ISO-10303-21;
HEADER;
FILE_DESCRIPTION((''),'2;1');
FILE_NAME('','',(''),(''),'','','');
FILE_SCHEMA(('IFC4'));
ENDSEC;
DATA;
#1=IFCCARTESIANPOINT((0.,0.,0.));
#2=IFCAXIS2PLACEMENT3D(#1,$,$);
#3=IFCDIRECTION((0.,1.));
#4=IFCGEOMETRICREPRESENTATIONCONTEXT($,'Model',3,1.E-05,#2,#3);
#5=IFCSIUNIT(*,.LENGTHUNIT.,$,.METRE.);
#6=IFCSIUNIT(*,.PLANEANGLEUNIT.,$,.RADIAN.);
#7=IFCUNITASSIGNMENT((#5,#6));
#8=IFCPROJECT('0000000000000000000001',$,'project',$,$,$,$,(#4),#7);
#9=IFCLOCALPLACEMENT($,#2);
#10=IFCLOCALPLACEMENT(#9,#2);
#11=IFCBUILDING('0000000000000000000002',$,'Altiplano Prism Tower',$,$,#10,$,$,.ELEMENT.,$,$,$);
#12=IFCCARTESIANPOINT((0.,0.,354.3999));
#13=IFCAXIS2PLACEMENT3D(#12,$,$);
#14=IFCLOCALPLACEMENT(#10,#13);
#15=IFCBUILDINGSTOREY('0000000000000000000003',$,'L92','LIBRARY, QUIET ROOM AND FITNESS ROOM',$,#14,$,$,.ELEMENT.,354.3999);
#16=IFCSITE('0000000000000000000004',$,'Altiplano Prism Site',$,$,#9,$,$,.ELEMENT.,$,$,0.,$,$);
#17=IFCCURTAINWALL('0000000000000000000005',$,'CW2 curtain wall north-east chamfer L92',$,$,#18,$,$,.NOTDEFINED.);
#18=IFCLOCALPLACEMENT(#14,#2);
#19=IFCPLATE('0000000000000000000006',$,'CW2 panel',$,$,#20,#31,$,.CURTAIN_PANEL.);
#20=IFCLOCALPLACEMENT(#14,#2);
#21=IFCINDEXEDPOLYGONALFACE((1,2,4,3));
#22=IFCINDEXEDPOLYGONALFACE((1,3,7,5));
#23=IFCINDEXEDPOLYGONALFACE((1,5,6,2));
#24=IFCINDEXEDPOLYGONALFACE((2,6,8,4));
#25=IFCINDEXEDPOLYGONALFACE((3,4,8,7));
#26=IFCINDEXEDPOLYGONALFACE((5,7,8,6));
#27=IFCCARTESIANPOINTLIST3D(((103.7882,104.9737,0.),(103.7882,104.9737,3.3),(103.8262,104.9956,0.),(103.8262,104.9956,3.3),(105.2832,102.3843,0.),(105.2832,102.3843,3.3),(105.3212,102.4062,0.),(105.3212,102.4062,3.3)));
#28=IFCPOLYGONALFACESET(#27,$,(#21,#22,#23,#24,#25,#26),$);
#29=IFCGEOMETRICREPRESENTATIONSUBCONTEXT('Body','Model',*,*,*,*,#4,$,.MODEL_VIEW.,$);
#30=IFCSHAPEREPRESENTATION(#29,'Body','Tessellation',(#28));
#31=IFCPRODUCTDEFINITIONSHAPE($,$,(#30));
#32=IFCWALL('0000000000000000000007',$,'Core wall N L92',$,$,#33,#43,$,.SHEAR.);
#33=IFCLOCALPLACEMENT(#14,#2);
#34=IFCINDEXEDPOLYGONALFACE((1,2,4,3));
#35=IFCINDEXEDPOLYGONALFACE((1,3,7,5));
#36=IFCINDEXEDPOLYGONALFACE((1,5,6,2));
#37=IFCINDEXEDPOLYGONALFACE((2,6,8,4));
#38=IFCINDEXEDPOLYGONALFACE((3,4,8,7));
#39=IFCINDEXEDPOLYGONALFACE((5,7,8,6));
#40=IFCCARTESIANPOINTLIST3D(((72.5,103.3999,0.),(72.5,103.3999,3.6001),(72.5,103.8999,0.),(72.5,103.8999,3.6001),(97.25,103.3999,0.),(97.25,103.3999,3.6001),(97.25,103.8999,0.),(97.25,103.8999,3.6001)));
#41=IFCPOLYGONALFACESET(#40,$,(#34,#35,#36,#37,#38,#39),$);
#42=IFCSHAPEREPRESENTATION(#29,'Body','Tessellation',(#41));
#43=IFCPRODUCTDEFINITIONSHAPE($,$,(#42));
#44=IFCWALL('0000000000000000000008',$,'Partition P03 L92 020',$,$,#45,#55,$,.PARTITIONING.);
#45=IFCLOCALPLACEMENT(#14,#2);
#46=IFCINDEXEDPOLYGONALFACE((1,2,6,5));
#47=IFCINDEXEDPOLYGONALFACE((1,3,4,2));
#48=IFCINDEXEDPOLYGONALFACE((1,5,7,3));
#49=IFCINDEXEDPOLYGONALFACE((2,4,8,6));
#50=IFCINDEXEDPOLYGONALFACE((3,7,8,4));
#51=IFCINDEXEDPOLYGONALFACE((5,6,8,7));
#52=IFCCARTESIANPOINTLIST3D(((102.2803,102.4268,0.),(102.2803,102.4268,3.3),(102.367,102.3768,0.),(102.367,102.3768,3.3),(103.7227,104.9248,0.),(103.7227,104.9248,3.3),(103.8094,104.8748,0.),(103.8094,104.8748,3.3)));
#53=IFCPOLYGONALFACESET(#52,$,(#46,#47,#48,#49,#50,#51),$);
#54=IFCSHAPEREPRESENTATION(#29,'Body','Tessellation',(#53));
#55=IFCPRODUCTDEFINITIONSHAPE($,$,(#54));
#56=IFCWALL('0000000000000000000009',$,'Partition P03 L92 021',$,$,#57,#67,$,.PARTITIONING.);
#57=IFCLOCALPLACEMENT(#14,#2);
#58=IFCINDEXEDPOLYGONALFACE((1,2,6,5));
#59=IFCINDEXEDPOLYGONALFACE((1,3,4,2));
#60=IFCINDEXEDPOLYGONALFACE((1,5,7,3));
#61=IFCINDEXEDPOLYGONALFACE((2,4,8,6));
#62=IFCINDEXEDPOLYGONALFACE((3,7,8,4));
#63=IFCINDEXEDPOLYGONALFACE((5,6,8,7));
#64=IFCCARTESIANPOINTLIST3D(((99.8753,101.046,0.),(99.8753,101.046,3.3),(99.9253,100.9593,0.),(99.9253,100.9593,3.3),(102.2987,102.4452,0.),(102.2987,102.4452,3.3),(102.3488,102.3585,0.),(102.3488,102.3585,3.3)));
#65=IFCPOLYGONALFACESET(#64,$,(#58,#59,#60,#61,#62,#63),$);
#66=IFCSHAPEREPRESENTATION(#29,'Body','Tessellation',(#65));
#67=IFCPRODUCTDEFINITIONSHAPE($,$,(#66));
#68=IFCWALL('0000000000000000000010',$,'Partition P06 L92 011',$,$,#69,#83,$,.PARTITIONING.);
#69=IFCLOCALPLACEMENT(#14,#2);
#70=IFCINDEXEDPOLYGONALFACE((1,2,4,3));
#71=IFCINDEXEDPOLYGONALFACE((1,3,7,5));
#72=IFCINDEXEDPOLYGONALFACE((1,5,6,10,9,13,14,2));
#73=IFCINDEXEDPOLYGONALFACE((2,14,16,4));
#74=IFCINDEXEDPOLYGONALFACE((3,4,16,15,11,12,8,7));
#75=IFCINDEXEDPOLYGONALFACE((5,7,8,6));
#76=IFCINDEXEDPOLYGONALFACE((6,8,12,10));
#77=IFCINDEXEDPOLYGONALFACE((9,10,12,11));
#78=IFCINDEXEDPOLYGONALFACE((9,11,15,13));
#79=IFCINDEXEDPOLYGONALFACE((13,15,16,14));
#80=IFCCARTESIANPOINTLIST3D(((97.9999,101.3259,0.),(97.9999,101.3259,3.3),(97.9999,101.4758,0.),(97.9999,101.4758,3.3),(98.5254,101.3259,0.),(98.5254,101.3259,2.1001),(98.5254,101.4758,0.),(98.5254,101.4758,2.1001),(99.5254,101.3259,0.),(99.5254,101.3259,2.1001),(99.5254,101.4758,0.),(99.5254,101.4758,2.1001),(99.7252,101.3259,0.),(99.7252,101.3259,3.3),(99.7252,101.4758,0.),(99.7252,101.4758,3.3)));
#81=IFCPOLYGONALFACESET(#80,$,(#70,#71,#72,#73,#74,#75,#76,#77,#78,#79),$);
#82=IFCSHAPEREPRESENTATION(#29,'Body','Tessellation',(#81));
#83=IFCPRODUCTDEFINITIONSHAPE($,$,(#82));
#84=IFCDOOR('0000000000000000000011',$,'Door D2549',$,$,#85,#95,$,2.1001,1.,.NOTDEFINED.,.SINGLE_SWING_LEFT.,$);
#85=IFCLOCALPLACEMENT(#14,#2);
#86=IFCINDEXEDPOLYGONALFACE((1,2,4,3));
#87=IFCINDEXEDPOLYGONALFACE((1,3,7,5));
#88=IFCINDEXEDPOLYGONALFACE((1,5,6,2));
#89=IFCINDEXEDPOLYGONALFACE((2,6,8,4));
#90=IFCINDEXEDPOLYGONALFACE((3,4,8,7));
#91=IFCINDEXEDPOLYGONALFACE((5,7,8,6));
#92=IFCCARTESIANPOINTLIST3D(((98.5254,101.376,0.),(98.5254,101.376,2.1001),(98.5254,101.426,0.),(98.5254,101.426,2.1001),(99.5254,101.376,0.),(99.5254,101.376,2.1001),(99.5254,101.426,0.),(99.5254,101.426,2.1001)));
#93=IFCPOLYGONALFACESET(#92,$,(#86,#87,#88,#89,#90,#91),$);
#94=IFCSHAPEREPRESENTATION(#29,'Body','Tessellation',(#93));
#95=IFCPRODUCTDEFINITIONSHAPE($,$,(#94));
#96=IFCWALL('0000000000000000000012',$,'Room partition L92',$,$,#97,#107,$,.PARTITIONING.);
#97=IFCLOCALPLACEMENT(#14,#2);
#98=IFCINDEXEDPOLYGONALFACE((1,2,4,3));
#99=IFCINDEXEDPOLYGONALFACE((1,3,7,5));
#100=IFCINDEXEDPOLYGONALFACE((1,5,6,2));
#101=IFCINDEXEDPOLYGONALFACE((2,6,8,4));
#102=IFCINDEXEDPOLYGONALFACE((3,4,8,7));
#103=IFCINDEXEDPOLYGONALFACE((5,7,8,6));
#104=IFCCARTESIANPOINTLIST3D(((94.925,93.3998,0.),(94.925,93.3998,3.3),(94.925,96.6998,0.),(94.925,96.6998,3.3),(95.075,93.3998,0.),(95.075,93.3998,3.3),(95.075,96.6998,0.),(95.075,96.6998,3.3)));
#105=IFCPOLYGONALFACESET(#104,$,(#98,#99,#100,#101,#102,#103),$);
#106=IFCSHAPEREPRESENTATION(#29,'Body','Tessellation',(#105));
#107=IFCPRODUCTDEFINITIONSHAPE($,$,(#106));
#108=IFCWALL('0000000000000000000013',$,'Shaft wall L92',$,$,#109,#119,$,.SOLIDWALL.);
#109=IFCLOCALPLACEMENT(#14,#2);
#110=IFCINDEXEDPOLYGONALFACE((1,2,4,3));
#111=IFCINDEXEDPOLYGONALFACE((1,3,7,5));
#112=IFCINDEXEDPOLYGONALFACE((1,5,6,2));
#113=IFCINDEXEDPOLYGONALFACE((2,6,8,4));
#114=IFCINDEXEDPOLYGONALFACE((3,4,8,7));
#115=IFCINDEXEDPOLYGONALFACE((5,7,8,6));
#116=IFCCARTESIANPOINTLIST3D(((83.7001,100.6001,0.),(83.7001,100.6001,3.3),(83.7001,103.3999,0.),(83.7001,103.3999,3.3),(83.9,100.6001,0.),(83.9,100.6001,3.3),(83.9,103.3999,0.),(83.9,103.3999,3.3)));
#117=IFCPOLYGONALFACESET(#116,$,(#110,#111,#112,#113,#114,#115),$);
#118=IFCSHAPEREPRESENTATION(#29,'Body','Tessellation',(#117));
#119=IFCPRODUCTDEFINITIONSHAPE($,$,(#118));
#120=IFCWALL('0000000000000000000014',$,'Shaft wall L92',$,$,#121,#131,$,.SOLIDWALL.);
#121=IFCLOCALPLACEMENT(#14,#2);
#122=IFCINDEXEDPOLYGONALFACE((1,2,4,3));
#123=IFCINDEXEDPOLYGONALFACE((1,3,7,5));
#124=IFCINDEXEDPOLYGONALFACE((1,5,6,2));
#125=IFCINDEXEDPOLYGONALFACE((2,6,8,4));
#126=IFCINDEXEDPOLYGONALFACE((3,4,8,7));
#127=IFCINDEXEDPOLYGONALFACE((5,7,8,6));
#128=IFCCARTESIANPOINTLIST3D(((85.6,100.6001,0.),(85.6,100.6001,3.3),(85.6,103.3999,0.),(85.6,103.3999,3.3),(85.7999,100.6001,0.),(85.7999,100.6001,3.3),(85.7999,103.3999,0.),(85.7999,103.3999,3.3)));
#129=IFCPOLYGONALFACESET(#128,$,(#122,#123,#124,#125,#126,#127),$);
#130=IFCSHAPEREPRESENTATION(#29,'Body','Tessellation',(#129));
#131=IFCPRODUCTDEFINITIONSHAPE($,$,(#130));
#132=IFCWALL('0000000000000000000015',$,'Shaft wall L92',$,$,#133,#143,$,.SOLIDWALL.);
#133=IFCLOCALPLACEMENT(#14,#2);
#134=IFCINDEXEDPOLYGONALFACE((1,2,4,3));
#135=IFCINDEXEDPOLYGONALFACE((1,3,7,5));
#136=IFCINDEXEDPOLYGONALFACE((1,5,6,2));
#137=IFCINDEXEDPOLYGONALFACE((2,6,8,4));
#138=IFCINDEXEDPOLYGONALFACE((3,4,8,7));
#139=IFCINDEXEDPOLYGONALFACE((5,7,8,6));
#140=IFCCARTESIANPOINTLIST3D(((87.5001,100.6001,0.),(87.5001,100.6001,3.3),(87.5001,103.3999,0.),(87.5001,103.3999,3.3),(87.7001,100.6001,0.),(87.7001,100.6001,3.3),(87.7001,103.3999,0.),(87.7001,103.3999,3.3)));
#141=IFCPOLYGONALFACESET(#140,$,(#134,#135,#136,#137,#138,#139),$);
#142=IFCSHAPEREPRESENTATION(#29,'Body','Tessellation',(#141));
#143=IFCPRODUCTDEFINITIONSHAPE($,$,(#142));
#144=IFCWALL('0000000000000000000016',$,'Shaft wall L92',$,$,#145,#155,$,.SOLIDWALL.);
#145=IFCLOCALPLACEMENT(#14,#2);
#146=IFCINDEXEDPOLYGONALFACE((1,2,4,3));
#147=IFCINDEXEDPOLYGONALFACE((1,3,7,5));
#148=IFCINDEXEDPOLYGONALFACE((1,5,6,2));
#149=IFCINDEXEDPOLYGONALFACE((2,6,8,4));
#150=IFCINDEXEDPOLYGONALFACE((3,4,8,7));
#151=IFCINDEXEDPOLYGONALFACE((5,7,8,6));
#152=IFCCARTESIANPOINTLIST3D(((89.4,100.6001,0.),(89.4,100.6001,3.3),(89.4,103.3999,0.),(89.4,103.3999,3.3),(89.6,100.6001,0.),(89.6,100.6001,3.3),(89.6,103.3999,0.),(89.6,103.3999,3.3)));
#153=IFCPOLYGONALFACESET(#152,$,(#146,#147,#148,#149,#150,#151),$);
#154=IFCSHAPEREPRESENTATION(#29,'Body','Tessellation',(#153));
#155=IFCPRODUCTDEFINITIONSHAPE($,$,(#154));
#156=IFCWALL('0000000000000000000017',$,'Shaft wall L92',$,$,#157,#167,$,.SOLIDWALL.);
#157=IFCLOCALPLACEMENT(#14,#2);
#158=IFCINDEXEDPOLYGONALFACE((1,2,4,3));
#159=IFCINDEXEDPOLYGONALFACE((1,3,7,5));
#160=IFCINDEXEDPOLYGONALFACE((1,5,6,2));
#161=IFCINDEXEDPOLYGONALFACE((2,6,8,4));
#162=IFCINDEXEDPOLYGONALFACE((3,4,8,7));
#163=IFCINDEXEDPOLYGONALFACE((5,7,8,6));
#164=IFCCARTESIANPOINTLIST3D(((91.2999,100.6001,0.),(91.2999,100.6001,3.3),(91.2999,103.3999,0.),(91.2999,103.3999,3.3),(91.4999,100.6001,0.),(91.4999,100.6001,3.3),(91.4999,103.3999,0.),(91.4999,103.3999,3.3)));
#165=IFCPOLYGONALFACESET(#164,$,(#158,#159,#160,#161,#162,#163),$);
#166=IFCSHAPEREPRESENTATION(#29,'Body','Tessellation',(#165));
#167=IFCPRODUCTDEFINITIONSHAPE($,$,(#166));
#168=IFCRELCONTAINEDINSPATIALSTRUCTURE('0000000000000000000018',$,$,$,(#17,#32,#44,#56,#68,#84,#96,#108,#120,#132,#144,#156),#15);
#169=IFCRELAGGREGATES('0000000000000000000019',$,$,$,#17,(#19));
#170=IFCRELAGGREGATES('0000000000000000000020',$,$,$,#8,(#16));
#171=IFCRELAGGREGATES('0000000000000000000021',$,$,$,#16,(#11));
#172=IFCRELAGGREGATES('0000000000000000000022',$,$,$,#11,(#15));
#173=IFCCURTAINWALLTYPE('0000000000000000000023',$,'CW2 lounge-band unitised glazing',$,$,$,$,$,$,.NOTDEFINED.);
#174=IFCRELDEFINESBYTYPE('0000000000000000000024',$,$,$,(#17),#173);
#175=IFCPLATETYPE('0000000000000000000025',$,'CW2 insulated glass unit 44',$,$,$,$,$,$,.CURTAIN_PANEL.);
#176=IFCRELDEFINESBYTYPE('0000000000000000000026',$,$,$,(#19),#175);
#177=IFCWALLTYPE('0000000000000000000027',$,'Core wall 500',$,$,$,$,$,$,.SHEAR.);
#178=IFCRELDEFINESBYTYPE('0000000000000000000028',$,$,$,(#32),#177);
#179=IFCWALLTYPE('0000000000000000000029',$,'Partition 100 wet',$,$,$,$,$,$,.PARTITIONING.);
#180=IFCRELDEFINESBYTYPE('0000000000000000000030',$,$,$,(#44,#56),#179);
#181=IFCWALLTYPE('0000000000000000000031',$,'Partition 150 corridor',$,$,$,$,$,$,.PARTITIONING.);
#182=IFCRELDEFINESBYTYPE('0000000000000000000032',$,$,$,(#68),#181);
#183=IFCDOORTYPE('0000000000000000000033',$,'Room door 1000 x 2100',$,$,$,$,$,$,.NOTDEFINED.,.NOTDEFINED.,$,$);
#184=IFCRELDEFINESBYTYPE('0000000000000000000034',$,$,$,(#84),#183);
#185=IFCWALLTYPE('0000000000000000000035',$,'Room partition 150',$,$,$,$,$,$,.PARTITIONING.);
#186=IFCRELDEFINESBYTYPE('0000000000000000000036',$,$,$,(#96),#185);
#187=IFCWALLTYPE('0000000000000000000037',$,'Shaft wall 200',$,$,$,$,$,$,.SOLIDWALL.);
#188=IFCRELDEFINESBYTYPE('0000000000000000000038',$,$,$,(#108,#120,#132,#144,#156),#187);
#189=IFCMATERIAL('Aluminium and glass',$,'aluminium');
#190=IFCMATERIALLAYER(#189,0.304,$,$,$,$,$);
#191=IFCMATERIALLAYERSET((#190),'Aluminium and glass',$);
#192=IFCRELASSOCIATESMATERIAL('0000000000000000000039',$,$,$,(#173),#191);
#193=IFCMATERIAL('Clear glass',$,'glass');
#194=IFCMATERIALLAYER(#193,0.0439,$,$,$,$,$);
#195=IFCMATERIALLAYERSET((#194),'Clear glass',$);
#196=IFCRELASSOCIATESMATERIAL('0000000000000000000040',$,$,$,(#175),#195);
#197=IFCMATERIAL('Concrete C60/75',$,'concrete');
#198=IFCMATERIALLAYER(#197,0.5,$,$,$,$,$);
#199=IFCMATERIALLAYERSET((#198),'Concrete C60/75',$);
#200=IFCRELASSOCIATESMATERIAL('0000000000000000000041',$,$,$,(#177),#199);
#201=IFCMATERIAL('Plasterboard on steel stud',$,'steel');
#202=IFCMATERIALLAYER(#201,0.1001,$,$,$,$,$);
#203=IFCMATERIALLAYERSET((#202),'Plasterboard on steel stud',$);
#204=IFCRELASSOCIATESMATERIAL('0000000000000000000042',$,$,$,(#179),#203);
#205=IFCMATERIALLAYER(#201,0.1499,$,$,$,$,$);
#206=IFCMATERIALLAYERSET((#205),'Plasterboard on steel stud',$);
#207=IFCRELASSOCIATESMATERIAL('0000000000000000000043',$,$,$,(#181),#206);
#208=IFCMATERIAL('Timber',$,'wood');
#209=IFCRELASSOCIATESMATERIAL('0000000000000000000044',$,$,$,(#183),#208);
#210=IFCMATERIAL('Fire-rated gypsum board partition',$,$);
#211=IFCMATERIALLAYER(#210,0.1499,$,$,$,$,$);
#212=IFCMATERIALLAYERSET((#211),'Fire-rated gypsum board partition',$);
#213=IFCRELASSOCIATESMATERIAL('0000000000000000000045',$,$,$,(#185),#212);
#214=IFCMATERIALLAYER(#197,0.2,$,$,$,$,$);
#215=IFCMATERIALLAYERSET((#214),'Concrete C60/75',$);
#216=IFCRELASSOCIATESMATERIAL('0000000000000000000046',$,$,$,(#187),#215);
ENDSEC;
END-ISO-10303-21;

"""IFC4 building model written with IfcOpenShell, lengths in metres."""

from ifc_helpers import new_model, si_unit, direction, frame, frame_2d, origin, origin_2d, place, context, subcontext, project, spatial, rectangle, extrude, material, layer, layer_set, type_object, element, fill, aggregate, save


model = new_model("IFC4")

# Units and contexts
model_context = context("Model", 3, precision=1e-05, world=origin(), true_north=direction((0.0, 1.0)))
body_context = subcontext(model_context, "Body", "Model", "MODEL_VIEW")
ifc_project = project(units=[si_unit("LENGTHUNIT", "METRE"), si_unit("PLANEANGLEUNIT", "RADIAN")], contexts=[model_context])

# Site, building, storey
site_placement = place(None, origin())
site = spatial("IfcSite", under=ifc_project, at=site_placement, Name="Altiplano Prism Site", CompositionType="ELEMENT", RefElevation=0.0)
building_placement = place(site_placement, origin())
building = spatial("IfcBuilding", under=site, at=building_placement, Name="Altiplano Prism Tower", CompositionType="ELEMENT")
storey_placement = place(building_placement, frame((0.0, 0.0, 354.3999)))
storey = spatial("IfcBuildingStorey", under=building, at=storey_placement, Name="L92", Description="LIBRARY, QUIET ROOM AND FITNESS ROOM", CompositionType="ELEMENT", Elevation=354.3999)

# Shared definitions
ifc_material_1 = material(Name="Concrete C60/75", Category="concrete")

# Shared definitions
ifc_material_2 = material(Name="Aluminium and glass", Category="aluminium")
ifc_layer_1 = layer(ifc_material_2, 0.304)
ifc_layer_set_1 = layer_set([ifc_layer_1], Name="Aluminium and glass")
curtain_wall_type = type_object("IfcCurtainWallType", Name="CW2 lounge-band unitised glazing", PredefinedType="NOTDEFINED", material=ifc_layer_set_1)

# Curtain wall
curtain_wall_1_placement = place(storey_placement, origin())
curtain_wall_1 = element("IfcCurtainWall", 1, at=curtain_wall_1_placement, inside=storey, type_object=curtain_wall_type, Name="CW2 curtain wall north-east chamfer L92", PredefinedType="NOTDEFINED")

# Plate
ifc_material_3 = material(Name="Clear glass", Category="glass")
ifc_layer_2 = layer(ifc_material_3, 0.0439)
ifc_layer_set_2 = layer_set([ifc_layer_2], Name="Clear glass")
plate_type = type_object("IfcPlateType", Name="CW2 insulated glass unit 44", PredefinedType="CURTAIN_PANEL", material=ifc_layer_set_2)
plate_1_placement = place(storey_placement, frame((104.5547, 103.6899, 0.0), z_axis=(0.0, 0.0, 1.0), x_axis=(-0.5, 0.866025, 0.0)))
plate_1 = element("IfcPlate", 2, at=plate_1_placement, type_object=plate_type, Name="CW2 panel", PredefinedType="CURTAIN_PANEL", context=body_context, shape_type="SweptSolid", body=[
    extrude(rectangle(XDim=2.99, YDim=0.0439, at=origin_2d()), origin(), (0.0, 0.0, 1.0), 3.3),
])
aggregate(curtain_wall_1, [plate_1])

# Walls
ifc_layer_3 = layer(ifc_material_1, 0.5)
ifc_layer_set_3 = layer_set([ifc_layer_3], Name="Concrete C60/75")
wall_type_1 = type_object("IfcWallType", Name="Core wall 500", PredefinedType="SHEAR", material=ifc_layer_set_3)
wall_1_placement = place(storey_placement, frame((97.25, 103.6499, 0.0), z_axis=(0.0, 0.0, 1.0), x_axis=(-1.0, 0.0, 0.0)))
element("IfcWall", 3, at=wall_1_placement, inside=storey, type_object=wall_type_1, Name="Core wall N L92", PredefinedType="SHEAR", context=body_context, shape_type="SweptSolid", body=[
    extrude(rectangle(XDim=24.75, YDim=0.5, at=frame_2d((12.375, 0.0))), origin(), (0.0, 0.0, 1.0), 3.6001),
])
ifc_material_4 = material(Name="Plasterboard on steel stud", Category="steel")
ifc_layer_4 = layer(ifc_material_4, 0.1001)
ifc_layer_set_4 = layer_set([ifc_layer_4], Name="Plasterboard on steel stud")
wall_type_2 = type_object("IfcWallType", Name="Partition 100 wet", PredefinedType="PARTITIONING", material=ifc_layer_set_4)
wall_2_placement = place(storey_placement, frame((103.7661, 104.8999, 0.0), z_axis=(0.0, 0.0, 1.0), x_axis=(-0.500035, -0.866005, 0.0)))
element("IfcWall", 4, at=wall_2_placement, inside=storey, type_object=wall_type_2, Name="Partition P03 L92 020", PredefinedType="PARTITIONING", context=body_context, shape_type="SweptSolid", body=[
    extrude(rectangle(XDim=2.8845, YDim=0.1001, at=frame_2d((1.4424, 0.0))), origin(), (0.0, 0.0, 1.0), 3.3),
])
wall_3_placement = place(storey_placement, frame((102.3237, 102.4019, 0.0), z_axis=(0.0, 0.0, 1.0), x_axis=(-0.866017, -0.500014, 0.0)))
element("IfcWall", 5, at=wall_3_placement, inside=storey, type_object=wall_type_2, Name="Partition P03 L92 021", PredefinedType="PARTITIONING", context=body_context, shape_type="SweptSolid", body=[
    extrude(rectangle(XDim=2.7983, YDim=0.1001, at=frame_2d((1.3992, 0.0))), origin(), (0.0, 0.0, 1.0), 3.3),
])

# Wall, opening, door
ifc_layer_5 = layer(ifc_material_4, 0.1499)
ifc_layer_set_5 = layer_set([ifc_layer_5], Name="Plasterboard on steel stud")
wall_type_3 = type_object("IfcWallType", Name="Partition 150 corridor", PredefinedType="PARTITIONING", material=ifc_layer_set_5)
wall_4_placement = place(storey_placement, frame((99.7253, 101.4009, 0.0), z_axis=(0.0, 0.0, 1.0), x_axis=(-1.0, 0.0, 0.0)))
wall_4 = element("IfcWall", 6, at=wall_4_placement, inside=storey, type_object=wall_type_3, Name="Partition P06 L92 011", PredefinedType="PARTITIONING", context=body_context, shape_type="SweptSolid", body=[
    extrude(rectangle(XDim=1.7253, YDim=0.1499, at=frame_2d((0.8628, 0.0))), origin(), (0.0, 0.0, 1.0), 3.3),
])
opening_1_placement = place(wall_4_placement, frame((0.2, 0.0, 0.0)))
opening_1 = element("IfcOpeningElement", 7, at=opening_1_placement, cuts=wall_4, PredefinedType="OPENING", context=body_context, shape_type="SweptSolid", body=[
    extrude(rectangle(XDim=1.0, YDim=2.1001, at=frame_2d((0.5, 1.05))), frame((0.0, 0.0854, 0.0), z_axis=(0.0, -1.0, 0.0), x_axis=(1.0, 0.0, 0.0)), (0.0, 0.0, 1.0), 0.1709),
])
ifc_material_5 = material(Name="Timber", Category="wood")
door_type_1 = type_object("IfcDoorType", Name="Room door 1000 x 2100", OperationType="NOTDEFINED", PredefinedType="NOTDEFINED", material=ifc_material_5)
door_1_placement = place(opening_1_placement, origin())
door_1 = element("IfcDoor", 8, at=door_1_placement, inside=storey, type_object=door_type_1, Name="Door D2549", OperationType="SINGLE_SWING_LEFT", OverallHeight=2.1001, OverallWidth=1.0, PredefinedType="NOTDEFINED", context=body_context, shape_type="SweptSolid", body=[
    extrude(rectangle(XDim=1.0, YDim=2.1001, at=frame_2d((0.5, 1.05))), frame((0.0, 0.0249, 0.0), z_axis=(0.0, -1.0, 0.0), x_axis=(1.0, 0.0, 0.0)), (0.0, 0.0, 1.0), 0.05),
])
fill(opening_1, door_1)

# Walls
ifc_material_6 = material(Name="Fire-rated gypsum board partition")
ifc_layer_6 = layer(ifc_material_6, 0.1499)
ifc_layer_set_6 = layer_set([ifc_layer_6], Name="Fire-rated gypsum board partition")
wall_type_4 = type_object("IfcWallType", Name="Room partition 150", PredefinedType="PARTITIONING", material=ifc_layer_set_6)
wall_5_placement = place(storey_placement, frame((95.0, 93.3999, 0.0), z_axis=(0.0, 0.0, 1.0), x_axis=(0.0, 1.0, 0.0)))
element("IfcWall", 9, at=wall_5_placement, inside=storey, type_object=wall_type_4, Name="Room partition L92", PredefinedType="PARTITIONING", context=body_context, shape_type="SweptSolid", body=[
    extrude(rectangle(XDim=3.3, YDim=0.1499, at=frame_2d((1.6499, 0.0))), origin(), (0.0, 0.0, 1.0), 3.3),
])
ifc_layer_7 = layer(ifc_material_1, 0.2)
ifc_layer_set_7 = layer_set([ifc_layer_7], Name="Concrete C60/75")
wall_type_5 = type_object("IfcWallType", Name="Shaft wall 200", PredefinedType="SOLIDWALL", material=ifc_layer_set_7)
for number, where, z_axis, x_axis, name in (
    (10, (83.8, 100.6001, 0.0), (0.0, 0.0, 1.0), (0.0, 1.0, 0.0), "Shaft wall L92"),
    (11, (85.7, 100.6001, 0.0), (0.0, 0.0, 1.0), (0.0, 1.0, 0.0), "Shaft wall L92"),
    (12, (87.6001, 100.6001, 0.0), (0.0, 0.0, 1.0), (0.0, 1.0, 0.0), "Shaft wall L92"),
    (13, (89.5, 100.6001, 0.0), (0.0, 0.0, 1.0), (0.0, 1.0, 0.0), "Shaft wall L92"),
    (14, (91.3999, 100.6001, 0.0), (0.0, 0.0, 1.0), (0.0, 1.0, 0.0), "Shaft wall L92"),
):
    element("IfcWall", number, at=place(storey_placement, frame(where, z_axis=z_axis, x_axis=x_axis)), inside=storey, type_object=wall_type_5, Name=name, PredefinedType="SOLIDWALL", context=body_context, shape_type="SweptSolid", body=[
        extrude(rectangle(XDim=2.7998, YDim=0.2, at=frame_2d((1.3999, 0.0))), origin(), (0.0, 0.0, 1.0), 3.3),
    ])

save(model, "model.ifc")
